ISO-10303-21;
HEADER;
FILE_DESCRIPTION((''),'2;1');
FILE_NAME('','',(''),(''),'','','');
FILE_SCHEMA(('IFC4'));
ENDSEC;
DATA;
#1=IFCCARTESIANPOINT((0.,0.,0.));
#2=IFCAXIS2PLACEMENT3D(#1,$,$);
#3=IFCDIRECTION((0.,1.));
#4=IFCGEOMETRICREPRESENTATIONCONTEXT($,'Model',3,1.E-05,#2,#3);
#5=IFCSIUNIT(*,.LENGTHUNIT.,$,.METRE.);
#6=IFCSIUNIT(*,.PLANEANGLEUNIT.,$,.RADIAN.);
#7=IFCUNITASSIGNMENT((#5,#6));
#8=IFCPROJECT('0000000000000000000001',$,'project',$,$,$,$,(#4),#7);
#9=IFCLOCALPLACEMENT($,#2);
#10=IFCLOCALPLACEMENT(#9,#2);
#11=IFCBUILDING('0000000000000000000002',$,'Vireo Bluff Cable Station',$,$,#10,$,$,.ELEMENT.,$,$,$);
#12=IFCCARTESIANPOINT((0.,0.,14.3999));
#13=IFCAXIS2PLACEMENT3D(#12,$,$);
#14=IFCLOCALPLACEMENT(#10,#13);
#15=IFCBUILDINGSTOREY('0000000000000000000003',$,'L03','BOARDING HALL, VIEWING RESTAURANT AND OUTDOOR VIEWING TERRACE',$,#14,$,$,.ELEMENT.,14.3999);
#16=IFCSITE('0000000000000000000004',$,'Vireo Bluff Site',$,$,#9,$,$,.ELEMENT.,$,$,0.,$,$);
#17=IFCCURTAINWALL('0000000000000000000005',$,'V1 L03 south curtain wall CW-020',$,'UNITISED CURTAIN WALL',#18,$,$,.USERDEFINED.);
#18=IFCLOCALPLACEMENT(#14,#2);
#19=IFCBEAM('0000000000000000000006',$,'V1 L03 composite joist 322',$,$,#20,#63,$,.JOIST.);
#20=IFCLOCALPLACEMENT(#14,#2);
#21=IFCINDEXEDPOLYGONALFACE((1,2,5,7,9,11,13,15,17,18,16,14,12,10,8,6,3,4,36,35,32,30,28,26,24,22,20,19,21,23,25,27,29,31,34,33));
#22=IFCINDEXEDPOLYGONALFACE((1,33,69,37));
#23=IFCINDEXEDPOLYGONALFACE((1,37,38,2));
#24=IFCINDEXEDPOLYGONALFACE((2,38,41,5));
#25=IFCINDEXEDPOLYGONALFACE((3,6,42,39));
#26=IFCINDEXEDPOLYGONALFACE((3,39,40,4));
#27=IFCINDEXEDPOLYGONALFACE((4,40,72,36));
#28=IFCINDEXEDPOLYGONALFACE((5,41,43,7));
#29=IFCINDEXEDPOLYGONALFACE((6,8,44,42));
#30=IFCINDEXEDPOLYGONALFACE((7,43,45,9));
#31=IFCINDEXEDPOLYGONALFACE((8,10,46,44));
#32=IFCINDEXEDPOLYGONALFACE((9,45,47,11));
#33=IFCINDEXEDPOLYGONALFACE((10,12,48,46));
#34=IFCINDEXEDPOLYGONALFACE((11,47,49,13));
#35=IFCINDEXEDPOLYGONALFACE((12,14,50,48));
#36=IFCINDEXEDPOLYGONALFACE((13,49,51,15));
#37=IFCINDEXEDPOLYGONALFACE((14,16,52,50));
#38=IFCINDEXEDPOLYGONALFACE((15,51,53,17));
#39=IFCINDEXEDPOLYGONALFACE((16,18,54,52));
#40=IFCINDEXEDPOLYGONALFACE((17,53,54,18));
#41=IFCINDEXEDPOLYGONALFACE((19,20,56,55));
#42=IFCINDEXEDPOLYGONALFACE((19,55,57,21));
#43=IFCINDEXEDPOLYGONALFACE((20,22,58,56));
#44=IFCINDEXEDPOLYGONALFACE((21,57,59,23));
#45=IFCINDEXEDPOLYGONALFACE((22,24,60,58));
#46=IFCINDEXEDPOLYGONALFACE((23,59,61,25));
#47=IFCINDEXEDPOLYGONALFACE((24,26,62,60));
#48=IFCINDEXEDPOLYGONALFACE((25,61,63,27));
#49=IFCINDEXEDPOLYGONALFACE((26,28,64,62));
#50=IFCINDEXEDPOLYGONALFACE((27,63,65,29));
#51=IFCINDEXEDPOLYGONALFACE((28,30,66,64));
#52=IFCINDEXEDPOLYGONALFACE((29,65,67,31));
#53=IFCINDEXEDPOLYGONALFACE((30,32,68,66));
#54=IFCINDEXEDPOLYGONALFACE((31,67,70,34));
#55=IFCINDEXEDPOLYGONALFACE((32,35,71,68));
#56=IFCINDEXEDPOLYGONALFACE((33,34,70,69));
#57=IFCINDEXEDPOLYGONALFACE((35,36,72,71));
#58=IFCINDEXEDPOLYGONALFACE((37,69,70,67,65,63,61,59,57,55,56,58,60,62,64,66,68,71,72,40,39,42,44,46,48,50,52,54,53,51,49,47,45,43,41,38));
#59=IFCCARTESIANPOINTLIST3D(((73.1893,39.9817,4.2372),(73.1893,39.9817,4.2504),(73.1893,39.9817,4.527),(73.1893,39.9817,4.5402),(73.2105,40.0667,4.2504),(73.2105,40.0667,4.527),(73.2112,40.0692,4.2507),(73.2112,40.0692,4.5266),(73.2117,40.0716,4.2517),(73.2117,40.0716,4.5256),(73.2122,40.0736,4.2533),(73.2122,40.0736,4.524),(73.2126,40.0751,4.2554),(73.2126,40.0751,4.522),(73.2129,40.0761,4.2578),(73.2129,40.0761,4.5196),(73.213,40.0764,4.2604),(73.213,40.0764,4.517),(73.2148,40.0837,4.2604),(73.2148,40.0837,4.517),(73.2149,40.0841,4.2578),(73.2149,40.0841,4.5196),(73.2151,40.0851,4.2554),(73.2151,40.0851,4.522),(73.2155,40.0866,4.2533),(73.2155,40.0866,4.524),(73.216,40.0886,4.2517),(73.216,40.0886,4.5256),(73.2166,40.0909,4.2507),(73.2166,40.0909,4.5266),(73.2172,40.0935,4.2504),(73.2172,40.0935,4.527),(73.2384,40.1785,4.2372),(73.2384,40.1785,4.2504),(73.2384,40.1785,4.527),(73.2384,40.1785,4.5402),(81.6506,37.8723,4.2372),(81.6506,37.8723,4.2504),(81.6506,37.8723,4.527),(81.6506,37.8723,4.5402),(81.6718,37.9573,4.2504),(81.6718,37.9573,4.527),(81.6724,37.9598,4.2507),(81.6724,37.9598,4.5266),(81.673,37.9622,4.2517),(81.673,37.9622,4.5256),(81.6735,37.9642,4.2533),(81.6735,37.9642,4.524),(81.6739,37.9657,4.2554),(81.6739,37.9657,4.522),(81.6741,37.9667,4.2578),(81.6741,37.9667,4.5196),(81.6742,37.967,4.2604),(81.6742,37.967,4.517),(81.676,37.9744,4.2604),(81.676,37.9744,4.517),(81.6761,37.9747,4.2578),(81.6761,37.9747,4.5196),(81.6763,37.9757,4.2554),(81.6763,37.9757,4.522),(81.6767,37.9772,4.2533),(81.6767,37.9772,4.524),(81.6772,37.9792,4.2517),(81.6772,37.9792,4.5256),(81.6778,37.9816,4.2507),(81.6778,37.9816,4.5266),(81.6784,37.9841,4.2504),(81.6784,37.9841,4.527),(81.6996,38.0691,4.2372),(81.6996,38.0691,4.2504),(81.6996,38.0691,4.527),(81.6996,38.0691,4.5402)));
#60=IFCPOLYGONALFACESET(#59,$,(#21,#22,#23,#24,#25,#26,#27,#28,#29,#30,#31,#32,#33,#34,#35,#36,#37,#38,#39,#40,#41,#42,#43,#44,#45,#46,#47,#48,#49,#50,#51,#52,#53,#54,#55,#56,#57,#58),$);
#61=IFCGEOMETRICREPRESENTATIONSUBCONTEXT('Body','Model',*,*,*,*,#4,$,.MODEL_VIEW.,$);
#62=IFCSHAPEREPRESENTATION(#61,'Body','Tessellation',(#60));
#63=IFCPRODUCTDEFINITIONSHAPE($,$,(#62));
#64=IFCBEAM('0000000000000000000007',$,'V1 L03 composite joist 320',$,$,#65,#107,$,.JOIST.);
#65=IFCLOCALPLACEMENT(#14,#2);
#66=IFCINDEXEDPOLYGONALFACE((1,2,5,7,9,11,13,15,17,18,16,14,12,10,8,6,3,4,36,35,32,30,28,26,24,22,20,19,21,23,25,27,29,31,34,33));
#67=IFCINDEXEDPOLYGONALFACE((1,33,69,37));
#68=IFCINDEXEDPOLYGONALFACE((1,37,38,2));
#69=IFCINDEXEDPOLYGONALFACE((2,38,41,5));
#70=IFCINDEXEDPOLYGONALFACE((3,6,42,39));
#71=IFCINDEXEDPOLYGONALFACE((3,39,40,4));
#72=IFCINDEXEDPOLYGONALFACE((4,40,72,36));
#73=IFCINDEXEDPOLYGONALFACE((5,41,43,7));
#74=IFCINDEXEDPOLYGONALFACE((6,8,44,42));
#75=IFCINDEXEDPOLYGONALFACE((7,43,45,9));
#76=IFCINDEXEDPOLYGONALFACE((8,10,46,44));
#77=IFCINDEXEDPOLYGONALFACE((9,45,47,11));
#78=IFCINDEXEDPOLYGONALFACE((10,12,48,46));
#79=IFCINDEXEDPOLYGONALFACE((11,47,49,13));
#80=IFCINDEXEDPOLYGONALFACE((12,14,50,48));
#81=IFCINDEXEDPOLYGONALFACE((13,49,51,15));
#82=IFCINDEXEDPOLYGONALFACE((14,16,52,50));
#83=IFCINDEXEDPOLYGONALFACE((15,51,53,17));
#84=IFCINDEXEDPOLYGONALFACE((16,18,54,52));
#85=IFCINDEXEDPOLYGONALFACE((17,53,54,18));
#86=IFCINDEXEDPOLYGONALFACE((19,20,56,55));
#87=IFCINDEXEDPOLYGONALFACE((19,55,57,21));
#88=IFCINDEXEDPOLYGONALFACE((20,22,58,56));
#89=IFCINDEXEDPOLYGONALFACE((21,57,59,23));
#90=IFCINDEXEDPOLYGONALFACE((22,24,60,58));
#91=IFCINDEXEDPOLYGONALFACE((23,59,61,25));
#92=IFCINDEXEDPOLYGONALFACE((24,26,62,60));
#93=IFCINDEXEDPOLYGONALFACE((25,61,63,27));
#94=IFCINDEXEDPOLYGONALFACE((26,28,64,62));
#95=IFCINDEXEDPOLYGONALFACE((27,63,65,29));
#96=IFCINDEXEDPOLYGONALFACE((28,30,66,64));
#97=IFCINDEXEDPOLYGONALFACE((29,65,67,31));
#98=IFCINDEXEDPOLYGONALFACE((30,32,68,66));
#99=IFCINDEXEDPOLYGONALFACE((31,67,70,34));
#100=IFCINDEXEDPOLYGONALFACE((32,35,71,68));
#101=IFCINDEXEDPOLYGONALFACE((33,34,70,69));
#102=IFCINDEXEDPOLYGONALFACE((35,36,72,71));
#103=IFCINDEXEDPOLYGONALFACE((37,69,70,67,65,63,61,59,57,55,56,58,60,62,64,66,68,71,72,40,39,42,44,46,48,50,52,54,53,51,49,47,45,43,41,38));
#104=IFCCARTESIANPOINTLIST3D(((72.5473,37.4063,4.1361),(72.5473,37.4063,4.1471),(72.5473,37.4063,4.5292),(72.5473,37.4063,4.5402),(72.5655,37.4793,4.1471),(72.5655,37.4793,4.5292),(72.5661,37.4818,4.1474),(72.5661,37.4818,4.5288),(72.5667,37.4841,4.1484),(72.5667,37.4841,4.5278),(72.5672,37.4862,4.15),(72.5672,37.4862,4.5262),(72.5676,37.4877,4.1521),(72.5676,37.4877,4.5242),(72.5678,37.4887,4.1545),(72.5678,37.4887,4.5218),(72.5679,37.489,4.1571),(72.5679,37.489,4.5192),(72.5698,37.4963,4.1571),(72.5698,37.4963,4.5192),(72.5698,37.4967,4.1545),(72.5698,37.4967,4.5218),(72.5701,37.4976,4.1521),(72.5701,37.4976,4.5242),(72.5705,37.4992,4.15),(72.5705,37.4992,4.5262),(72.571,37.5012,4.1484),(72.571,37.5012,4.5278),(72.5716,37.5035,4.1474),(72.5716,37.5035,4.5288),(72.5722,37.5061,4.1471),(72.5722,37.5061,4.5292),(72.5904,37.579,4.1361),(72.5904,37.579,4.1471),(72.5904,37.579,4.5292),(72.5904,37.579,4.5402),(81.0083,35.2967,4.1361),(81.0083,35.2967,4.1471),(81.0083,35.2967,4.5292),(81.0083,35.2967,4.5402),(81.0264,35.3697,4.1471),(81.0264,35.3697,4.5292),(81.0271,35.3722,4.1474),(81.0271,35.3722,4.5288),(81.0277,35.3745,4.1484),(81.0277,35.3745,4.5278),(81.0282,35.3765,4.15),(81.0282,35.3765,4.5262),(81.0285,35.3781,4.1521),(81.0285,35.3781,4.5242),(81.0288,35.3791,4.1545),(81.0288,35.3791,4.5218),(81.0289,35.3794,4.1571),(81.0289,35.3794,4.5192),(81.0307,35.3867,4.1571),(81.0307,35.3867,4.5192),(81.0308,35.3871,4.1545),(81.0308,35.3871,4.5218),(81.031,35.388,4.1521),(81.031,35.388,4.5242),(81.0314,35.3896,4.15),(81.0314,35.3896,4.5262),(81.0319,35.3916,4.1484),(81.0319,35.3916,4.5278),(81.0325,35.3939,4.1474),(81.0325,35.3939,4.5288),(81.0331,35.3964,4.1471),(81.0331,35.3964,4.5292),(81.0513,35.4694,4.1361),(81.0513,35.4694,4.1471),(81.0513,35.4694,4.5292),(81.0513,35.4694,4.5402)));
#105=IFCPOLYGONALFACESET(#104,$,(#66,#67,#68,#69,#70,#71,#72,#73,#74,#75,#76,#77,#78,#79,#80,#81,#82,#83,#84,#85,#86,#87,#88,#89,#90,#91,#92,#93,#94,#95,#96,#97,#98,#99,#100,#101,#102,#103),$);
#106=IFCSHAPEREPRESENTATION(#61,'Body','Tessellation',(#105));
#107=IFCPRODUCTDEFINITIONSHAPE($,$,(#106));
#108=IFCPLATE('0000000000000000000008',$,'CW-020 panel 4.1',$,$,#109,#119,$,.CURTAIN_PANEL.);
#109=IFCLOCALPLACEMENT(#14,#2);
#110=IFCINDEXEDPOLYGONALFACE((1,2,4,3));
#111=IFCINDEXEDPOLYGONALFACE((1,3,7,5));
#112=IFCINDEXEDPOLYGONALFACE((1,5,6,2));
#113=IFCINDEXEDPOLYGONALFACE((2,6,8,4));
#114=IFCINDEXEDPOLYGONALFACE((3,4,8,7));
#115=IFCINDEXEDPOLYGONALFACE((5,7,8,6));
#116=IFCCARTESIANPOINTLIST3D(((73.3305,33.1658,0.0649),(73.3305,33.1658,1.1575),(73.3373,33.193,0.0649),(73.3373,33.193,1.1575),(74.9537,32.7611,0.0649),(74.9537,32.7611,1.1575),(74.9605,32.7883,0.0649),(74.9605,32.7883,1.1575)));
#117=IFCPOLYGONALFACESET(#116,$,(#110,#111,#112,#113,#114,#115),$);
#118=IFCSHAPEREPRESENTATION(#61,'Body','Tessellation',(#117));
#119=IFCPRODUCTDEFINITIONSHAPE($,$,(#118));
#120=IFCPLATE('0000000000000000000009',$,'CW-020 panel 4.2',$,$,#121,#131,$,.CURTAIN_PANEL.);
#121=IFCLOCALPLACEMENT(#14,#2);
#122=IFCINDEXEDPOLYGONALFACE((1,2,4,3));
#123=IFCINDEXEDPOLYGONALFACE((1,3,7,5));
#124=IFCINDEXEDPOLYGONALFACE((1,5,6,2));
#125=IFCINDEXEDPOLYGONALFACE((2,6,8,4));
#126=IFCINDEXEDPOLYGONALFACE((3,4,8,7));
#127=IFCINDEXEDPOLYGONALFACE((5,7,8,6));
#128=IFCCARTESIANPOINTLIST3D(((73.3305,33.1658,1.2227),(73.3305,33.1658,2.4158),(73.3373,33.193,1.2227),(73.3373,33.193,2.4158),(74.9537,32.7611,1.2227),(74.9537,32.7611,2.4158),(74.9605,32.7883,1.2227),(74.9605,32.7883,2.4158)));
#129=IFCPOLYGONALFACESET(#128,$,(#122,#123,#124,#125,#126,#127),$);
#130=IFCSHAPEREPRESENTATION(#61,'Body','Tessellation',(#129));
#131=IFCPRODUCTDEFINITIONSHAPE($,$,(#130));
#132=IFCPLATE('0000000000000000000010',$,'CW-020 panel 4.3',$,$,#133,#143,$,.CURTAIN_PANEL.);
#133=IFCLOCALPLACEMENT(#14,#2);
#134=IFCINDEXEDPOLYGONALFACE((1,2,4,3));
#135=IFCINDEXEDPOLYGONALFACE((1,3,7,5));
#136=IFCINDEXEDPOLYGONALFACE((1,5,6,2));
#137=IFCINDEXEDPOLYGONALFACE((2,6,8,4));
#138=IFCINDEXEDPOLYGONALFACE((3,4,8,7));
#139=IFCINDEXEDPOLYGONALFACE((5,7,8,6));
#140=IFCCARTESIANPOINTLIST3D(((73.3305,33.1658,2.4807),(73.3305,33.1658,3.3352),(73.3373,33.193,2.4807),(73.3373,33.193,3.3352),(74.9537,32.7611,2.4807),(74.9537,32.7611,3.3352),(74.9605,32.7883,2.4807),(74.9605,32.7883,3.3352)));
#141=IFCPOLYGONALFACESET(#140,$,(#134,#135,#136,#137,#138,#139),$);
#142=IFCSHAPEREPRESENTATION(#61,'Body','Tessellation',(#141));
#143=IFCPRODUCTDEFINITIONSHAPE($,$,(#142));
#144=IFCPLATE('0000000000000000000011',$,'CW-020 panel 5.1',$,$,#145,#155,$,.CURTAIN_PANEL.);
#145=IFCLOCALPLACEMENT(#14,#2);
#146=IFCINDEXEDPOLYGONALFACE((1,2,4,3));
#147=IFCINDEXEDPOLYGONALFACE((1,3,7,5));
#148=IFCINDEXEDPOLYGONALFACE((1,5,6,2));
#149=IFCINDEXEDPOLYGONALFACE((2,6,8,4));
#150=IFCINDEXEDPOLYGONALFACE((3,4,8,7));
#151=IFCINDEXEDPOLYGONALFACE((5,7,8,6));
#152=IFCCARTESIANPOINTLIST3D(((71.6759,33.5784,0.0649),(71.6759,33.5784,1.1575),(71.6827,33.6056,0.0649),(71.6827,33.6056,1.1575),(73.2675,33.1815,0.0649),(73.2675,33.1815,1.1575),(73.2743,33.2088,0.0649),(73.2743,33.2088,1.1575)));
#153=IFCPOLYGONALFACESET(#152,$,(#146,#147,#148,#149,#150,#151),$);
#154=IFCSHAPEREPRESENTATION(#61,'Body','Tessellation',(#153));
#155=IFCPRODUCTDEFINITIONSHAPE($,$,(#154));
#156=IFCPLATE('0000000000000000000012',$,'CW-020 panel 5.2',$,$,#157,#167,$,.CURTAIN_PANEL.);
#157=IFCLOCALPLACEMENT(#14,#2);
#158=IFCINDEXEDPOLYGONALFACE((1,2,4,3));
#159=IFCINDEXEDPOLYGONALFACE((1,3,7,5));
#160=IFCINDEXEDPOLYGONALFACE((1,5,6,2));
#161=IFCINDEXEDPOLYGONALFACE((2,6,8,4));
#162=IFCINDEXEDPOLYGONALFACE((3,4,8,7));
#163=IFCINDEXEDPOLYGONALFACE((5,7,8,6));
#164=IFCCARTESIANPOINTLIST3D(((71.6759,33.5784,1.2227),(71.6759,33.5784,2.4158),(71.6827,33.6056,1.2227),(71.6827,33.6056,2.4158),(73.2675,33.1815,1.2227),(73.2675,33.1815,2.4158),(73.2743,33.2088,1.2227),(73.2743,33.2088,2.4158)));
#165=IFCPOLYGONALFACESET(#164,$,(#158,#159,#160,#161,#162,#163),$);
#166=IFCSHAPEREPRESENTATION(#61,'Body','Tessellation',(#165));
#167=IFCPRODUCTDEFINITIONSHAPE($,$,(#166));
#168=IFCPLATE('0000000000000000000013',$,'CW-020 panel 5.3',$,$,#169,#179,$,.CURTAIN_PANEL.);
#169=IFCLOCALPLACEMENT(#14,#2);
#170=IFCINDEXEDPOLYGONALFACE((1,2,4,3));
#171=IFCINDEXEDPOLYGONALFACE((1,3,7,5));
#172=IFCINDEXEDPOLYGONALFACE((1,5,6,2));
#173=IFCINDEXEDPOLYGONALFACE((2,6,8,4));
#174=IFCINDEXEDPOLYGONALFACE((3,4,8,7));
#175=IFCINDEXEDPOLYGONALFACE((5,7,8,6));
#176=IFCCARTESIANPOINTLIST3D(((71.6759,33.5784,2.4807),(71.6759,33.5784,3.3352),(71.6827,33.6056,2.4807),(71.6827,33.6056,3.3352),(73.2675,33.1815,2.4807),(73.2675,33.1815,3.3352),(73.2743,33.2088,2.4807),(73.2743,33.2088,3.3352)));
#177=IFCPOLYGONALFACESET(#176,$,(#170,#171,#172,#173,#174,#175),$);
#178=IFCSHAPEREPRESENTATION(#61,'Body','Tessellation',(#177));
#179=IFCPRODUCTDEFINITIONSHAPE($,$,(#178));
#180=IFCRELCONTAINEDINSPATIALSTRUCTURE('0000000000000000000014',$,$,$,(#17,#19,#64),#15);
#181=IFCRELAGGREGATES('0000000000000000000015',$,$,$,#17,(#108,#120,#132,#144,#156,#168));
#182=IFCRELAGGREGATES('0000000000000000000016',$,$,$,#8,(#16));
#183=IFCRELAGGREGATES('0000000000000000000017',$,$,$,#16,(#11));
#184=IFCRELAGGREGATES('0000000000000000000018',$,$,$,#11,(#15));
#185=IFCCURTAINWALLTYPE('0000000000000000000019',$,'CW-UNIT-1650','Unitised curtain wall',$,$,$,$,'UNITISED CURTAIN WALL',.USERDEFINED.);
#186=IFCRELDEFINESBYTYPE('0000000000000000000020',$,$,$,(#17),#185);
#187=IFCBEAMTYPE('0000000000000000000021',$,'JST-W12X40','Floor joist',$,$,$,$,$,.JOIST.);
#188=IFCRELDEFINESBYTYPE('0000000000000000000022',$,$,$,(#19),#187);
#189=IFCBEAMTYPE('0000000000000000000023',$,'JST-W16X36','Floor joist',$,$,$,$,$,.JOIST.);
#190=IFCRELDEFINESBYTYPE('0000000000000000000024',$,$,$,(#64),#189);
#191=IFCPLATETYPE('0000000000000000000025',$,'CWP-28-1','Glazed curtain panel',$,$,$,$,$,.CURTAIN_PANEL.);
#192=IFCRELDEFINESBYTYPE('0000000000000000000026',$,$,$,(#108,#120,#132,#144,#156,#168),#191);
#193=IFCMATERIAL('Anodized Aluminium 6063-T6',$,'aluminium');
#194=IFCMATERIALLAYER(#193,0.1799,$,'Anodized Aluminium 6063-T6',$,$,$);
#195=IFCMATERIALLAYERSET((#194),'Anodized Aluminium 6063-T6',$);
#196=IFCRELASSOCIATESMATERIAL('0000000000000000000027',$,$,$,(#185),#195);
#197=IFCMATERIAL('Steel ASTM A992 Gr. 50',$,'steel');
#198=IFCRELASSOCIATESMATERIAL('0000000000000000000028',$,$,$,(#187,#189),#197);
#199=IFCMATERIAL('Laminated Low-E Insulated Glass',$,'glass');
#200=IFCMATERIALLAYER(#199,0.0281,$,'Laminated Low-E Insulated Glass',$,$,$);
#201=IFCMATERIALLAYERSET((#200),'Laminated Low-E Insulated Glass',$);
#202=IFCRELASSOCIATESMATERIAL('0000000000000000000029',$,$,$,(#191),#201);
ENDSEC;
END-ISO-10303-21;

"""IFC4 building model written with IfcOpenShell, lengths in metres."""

from ifc_helpers import new_model, si_unit, direction, frame, origin, origin_2d, place, context, subcontext, project, spatial, rectangle, i_section, extrude, material, layer, layer_set, material_profile, profile_set, type_object, element, aggregate, save


model = new_model("IFC4")

# Units and contexts
model_context = context("Model", 3, precision=1e-05, world=origin(), true_north=direction((0.0, 1.0)))
body_context = subcontext(model_context, "Body", "Model", "MODEL_VIEW")
ifc_project = project(units=[si_unit("LENGTHUNIT", "METRE"), si_unit("PLANEANGLEUNIT", "RADIAN")], contexts=[model_context])

# Site, building, storey
site_placement = place(None, origin())
site = spatial("IfcSite", under=ifc_project, at=site_placement, Name="Vireo Bluff Site", CompositionType="ELEMENT", RefElevation=0.0)
building_placement = place(site_placement, origin())
building = spatial("IfcBuilding", under=site, at=building_placement, Name="Vireo Bluff Cable Station", CompositionType="ELEMENT")
storey_placement = place(building_placement, frame((0.0, 0.0, 14.3999)))
storey = spatial("IfcBuildingStorey", under=building, at=storey_placement, Name="L03", Description="BOARDING HALL, VIEWING RESTAURANT AND OUTDOOR VIEWING TERRACE", CompositionType="ELEMENT", Elevation=14.3999)

# Shared definitions
ifc_material_1 = material(Name="Steel ASTM A992 Gr. 50", Category="steel")

# Curtain wall
ifc_material_2 = material(Name="Anodized Aluminium 6063-T6", Category="aluminium")
ifc_layer_1 = layer(ifc_material_2, 0.1799, Name="Anodized Aluminium 6063-T6")
ifc_layer_set_1 = layer_set([ifc_layer_1], Name="Anodized Aluminium 6063-T6")
curtain_wall_type = type_object("IfcCurtainWallType", Name="CW-UNIT-1650", Description="Unitised curtain wall", ElementType="UNITISED CURTAIN WALL", PredefinedType="USERDEFINED", material=ifc_layer_set_1)
curtain_wall_placement = place(storey_placement, origin())
curtain_wall = element("IfcCurtainWall", 1, at=curtain_wall_placement, inside=storey, type_object=curtain_wall_type, Name="V1 L03 south curtain wall CW-020", ObjectType="UNITISED CURTAIN WALL", PredefinedType="USERDEFINED")

# Beams
ifc_material_profile_1 = material_profile(ifc_material_1, i_section(OverallWidth=0.2029, OverallDepth=0.303, WebThickness=0.0076, FlangeThickness=0.0132, FilletRadius=0.01, at=origin_2d()), Name="W12X40")
ifc_profile_set_1 = profile_set([ifc_material_profile_1], Name="Steel ASTM A992 Gr. 50")
beam_type_1 = type_object("IfcBeamType", Name="JST-W12X40", Description="Floor joist", PredefinedType="JOIST", material=ifc_profile_set_1)
beam_1_placement = place(storey_placement, frame((73.2139, 40.0801, 4.3887), z_axis=(0.970302, -0.241897, 0.0), x_axis=(0.241897, 0.970302, 0.0)))
element("IfcBeam", 2, at=beam_1_placement, inside=storey, type_object=beam_type_1, Name="V1 L03 composite joist 322", PredefinedType="JOIST", context=body_context, shape_type="SweptSolid", body=[
    extrude(i_section(OverallWidth=0.2029, OverallDepth=0.303, WebThickness=0.0076, FlangeThickness=0.0132, FilletRadius=0.01, at=origin_2d()), origin(), (0.0, 0.0, 1.0), 8.7202),
])
ifc_material_profile_2 = material_profile(ifc_material_1, i_section(OverallWidth=0.178, OverallDepth=0.4041, WebThickness=0.0076, FlangeThickness=0.011, FilletRadius=0.01, at=origin_2d()), Name="W16X36")
ifc_profile_set_2 = profile_set([ifc_material_profile_2], Name="Steel ASTM A992 Gr. 50")
beam_type_2 = type_object("IfcBeamType", Name="JST-W16X36", Description="Floor joist", PredefinedType="JOIST", material=ifc_profile_set_2)
beam_2_placement = place(storey_placement, frame((72.5688, 37.4927, 4.3381), z_axis=(0.970294, -0.24193, 0.0), x_axis=(0.24193, 0.970294, 0.0)))
element("IfcBeam", 3, at=beam_2_placement, inside=storey, type_object=beam_type_2, Name="V1 L03 composite joist 320", PredefinedType="JOIST", context=body_context, shape_type="SweptSolid", body=[
    extrude(i_section(OverallWidth=0.178, OverallDepth=0.4041, WebThickness=0.0076, FlangeThickness=0.011, FilletRadius=0.01, at=origin_2d()), origin(), (0.0, 0.0, 1.0), 8.72),
])

# Plates
ifc_material_3 = material(Name="Laminated Low-E Insulated Glass", Category="glass")
ifc_layer_2 = layer(ifc_material_3, 0.0281, Name="Laminated Low-E Insulated Glass")
ifc_layer_set_2 = layer_set([ifc_layer_2], Name="Laminated Low-E Insulated Glass")
plate_type = type_object("IfcPlateType", Name="CWP-28-1", Description="Glazed curtain panel", PredefinedType="CURTAIN_PANEL", material=ifc_layer_set_2)
plate_1_placement = place(storey_placement, frame((74.1455, 32.9771, 0.0649), z_axis=(0.0, 0.0, 1.0), x_axis=(-0.970296, 0.241922, 0.0)))
plate_1 = element("IfcPlate", 4, at=plate_1_placement, type_object=plate_type, Name="CW-020 panel 4.1", PredefinedType="CURTAIN_PANEL", context=body_context, shape_type="SweptSolid", body=[
    extrude(rectangle(XDim=1.6729, YDim=0.0281, at=origin_2d()), origin(), (0.0, 0.0, 1.0), 1.0925),
])
plate_2_placement = place(storey_placement, frame((74.1455, 32.9771, 1.2227), z_axis=(0.0, 0.0, 1.0), x_axis=(-0.970296, 0.241922, 0.0)))
plate_2 = element("IfcPlate", 5, at=plate_2_placement, type_object=plate_type, Name="CW-020 panel 4.2", PredefinedType="CURTAIN_PANEL", context=body_context, shape_type="SweptSolid", body=[
    extrude(rectangle(XDim=1.6729, YDim=0.0281, at=origin_2d()), origin(), (0.0, 0.0, 1.0), 1.1931),
])
plate_3_placement = place(storey_placement, frame((74.1455, 32.9771, 2.4807), z_axis=(0.0, 0.0, 1.0), x_axis=(-0.970296, 0.241922, 0.0)))
plate_3 = element("IfcPlate", 6, at=plate_3_placement, type_object=plate_type, Name="CW-020 panel 4.3", PredefinedType="CURTAIN_PANEL", context=body_context, shape_type="SweptSolid", body=[
    extrude(rectangle(XDim=1.6729, YDim=0.0281, at=origin_2d()), origin(), (0.0, 0.0, 1.0), 0.8545),
])
plate_4_placement = place(storey_placement, frame((72.4751, 33.3936, 0.0649), z_axis=(0.0, 0.0, 1.0), x_axis=(-0.970296, 0.241922, 0.0)))
plate_4 = element("IfcPlate", 7, at=plate_4_placement, type_object=plate_type, Name="CW-020 panel 5.1", PredefinedType="CURTAIN_PANEL", context=body_context, shape_type="SweptSolid", body=[
    extrude(rectangle(XDim=1.6404, YDim=0.0281, at=origin_2d()), origin(), (0.0, 0.0, 1.0), 1.0925),
])
plate_5_placement = place(storey_placement, frame((72.4751, 33.3936, 1.2227), z_axis=(0.0, 0.0, 1.0), x_axis=(-0.970296, 0.241922, 0.0)))
plate_5 = element("IfcPlate", 8, at=plate_5_placement, type_object=plate_type, Name="CW-020 panel 5.2", PredefinedType="CURTAIN_PANEL", context=body_context, shape_type="SweptSolid", body=[
    extrude(rectangle(XDim=1.6404, YDim=0.0281, at=origin_2d()), origin(), (0.0, 0.0, 1.0), 1.1931),
])
plate_6_placement = place(storey_placement, frame((72.4751, 33.3936, 2.4807), z_axis=(0.0, 0.0, 1.0), x_axis=(-0.970296, 0.241922, 0.0)))
plate_6 = element("IfcPlate", 9, at=plate_6_placement, type_object=plate_type, Name="CW-020 panel 5.3", PredefinedType="CURTAIN_PANEL", context=body_context, shape_type="SweptSolid", body=[
    extrude(rectangle(XDim=1.6404, YDim=0.0281, at=origin_2d()), origin(), (0.0, 0.0, 1.0), 0.8545),
])
aggregate(curtain_wall, [plate_1, plate_2, plate_3, plate_4, plate_5, plate_6])

save(model, "model.ifc")
